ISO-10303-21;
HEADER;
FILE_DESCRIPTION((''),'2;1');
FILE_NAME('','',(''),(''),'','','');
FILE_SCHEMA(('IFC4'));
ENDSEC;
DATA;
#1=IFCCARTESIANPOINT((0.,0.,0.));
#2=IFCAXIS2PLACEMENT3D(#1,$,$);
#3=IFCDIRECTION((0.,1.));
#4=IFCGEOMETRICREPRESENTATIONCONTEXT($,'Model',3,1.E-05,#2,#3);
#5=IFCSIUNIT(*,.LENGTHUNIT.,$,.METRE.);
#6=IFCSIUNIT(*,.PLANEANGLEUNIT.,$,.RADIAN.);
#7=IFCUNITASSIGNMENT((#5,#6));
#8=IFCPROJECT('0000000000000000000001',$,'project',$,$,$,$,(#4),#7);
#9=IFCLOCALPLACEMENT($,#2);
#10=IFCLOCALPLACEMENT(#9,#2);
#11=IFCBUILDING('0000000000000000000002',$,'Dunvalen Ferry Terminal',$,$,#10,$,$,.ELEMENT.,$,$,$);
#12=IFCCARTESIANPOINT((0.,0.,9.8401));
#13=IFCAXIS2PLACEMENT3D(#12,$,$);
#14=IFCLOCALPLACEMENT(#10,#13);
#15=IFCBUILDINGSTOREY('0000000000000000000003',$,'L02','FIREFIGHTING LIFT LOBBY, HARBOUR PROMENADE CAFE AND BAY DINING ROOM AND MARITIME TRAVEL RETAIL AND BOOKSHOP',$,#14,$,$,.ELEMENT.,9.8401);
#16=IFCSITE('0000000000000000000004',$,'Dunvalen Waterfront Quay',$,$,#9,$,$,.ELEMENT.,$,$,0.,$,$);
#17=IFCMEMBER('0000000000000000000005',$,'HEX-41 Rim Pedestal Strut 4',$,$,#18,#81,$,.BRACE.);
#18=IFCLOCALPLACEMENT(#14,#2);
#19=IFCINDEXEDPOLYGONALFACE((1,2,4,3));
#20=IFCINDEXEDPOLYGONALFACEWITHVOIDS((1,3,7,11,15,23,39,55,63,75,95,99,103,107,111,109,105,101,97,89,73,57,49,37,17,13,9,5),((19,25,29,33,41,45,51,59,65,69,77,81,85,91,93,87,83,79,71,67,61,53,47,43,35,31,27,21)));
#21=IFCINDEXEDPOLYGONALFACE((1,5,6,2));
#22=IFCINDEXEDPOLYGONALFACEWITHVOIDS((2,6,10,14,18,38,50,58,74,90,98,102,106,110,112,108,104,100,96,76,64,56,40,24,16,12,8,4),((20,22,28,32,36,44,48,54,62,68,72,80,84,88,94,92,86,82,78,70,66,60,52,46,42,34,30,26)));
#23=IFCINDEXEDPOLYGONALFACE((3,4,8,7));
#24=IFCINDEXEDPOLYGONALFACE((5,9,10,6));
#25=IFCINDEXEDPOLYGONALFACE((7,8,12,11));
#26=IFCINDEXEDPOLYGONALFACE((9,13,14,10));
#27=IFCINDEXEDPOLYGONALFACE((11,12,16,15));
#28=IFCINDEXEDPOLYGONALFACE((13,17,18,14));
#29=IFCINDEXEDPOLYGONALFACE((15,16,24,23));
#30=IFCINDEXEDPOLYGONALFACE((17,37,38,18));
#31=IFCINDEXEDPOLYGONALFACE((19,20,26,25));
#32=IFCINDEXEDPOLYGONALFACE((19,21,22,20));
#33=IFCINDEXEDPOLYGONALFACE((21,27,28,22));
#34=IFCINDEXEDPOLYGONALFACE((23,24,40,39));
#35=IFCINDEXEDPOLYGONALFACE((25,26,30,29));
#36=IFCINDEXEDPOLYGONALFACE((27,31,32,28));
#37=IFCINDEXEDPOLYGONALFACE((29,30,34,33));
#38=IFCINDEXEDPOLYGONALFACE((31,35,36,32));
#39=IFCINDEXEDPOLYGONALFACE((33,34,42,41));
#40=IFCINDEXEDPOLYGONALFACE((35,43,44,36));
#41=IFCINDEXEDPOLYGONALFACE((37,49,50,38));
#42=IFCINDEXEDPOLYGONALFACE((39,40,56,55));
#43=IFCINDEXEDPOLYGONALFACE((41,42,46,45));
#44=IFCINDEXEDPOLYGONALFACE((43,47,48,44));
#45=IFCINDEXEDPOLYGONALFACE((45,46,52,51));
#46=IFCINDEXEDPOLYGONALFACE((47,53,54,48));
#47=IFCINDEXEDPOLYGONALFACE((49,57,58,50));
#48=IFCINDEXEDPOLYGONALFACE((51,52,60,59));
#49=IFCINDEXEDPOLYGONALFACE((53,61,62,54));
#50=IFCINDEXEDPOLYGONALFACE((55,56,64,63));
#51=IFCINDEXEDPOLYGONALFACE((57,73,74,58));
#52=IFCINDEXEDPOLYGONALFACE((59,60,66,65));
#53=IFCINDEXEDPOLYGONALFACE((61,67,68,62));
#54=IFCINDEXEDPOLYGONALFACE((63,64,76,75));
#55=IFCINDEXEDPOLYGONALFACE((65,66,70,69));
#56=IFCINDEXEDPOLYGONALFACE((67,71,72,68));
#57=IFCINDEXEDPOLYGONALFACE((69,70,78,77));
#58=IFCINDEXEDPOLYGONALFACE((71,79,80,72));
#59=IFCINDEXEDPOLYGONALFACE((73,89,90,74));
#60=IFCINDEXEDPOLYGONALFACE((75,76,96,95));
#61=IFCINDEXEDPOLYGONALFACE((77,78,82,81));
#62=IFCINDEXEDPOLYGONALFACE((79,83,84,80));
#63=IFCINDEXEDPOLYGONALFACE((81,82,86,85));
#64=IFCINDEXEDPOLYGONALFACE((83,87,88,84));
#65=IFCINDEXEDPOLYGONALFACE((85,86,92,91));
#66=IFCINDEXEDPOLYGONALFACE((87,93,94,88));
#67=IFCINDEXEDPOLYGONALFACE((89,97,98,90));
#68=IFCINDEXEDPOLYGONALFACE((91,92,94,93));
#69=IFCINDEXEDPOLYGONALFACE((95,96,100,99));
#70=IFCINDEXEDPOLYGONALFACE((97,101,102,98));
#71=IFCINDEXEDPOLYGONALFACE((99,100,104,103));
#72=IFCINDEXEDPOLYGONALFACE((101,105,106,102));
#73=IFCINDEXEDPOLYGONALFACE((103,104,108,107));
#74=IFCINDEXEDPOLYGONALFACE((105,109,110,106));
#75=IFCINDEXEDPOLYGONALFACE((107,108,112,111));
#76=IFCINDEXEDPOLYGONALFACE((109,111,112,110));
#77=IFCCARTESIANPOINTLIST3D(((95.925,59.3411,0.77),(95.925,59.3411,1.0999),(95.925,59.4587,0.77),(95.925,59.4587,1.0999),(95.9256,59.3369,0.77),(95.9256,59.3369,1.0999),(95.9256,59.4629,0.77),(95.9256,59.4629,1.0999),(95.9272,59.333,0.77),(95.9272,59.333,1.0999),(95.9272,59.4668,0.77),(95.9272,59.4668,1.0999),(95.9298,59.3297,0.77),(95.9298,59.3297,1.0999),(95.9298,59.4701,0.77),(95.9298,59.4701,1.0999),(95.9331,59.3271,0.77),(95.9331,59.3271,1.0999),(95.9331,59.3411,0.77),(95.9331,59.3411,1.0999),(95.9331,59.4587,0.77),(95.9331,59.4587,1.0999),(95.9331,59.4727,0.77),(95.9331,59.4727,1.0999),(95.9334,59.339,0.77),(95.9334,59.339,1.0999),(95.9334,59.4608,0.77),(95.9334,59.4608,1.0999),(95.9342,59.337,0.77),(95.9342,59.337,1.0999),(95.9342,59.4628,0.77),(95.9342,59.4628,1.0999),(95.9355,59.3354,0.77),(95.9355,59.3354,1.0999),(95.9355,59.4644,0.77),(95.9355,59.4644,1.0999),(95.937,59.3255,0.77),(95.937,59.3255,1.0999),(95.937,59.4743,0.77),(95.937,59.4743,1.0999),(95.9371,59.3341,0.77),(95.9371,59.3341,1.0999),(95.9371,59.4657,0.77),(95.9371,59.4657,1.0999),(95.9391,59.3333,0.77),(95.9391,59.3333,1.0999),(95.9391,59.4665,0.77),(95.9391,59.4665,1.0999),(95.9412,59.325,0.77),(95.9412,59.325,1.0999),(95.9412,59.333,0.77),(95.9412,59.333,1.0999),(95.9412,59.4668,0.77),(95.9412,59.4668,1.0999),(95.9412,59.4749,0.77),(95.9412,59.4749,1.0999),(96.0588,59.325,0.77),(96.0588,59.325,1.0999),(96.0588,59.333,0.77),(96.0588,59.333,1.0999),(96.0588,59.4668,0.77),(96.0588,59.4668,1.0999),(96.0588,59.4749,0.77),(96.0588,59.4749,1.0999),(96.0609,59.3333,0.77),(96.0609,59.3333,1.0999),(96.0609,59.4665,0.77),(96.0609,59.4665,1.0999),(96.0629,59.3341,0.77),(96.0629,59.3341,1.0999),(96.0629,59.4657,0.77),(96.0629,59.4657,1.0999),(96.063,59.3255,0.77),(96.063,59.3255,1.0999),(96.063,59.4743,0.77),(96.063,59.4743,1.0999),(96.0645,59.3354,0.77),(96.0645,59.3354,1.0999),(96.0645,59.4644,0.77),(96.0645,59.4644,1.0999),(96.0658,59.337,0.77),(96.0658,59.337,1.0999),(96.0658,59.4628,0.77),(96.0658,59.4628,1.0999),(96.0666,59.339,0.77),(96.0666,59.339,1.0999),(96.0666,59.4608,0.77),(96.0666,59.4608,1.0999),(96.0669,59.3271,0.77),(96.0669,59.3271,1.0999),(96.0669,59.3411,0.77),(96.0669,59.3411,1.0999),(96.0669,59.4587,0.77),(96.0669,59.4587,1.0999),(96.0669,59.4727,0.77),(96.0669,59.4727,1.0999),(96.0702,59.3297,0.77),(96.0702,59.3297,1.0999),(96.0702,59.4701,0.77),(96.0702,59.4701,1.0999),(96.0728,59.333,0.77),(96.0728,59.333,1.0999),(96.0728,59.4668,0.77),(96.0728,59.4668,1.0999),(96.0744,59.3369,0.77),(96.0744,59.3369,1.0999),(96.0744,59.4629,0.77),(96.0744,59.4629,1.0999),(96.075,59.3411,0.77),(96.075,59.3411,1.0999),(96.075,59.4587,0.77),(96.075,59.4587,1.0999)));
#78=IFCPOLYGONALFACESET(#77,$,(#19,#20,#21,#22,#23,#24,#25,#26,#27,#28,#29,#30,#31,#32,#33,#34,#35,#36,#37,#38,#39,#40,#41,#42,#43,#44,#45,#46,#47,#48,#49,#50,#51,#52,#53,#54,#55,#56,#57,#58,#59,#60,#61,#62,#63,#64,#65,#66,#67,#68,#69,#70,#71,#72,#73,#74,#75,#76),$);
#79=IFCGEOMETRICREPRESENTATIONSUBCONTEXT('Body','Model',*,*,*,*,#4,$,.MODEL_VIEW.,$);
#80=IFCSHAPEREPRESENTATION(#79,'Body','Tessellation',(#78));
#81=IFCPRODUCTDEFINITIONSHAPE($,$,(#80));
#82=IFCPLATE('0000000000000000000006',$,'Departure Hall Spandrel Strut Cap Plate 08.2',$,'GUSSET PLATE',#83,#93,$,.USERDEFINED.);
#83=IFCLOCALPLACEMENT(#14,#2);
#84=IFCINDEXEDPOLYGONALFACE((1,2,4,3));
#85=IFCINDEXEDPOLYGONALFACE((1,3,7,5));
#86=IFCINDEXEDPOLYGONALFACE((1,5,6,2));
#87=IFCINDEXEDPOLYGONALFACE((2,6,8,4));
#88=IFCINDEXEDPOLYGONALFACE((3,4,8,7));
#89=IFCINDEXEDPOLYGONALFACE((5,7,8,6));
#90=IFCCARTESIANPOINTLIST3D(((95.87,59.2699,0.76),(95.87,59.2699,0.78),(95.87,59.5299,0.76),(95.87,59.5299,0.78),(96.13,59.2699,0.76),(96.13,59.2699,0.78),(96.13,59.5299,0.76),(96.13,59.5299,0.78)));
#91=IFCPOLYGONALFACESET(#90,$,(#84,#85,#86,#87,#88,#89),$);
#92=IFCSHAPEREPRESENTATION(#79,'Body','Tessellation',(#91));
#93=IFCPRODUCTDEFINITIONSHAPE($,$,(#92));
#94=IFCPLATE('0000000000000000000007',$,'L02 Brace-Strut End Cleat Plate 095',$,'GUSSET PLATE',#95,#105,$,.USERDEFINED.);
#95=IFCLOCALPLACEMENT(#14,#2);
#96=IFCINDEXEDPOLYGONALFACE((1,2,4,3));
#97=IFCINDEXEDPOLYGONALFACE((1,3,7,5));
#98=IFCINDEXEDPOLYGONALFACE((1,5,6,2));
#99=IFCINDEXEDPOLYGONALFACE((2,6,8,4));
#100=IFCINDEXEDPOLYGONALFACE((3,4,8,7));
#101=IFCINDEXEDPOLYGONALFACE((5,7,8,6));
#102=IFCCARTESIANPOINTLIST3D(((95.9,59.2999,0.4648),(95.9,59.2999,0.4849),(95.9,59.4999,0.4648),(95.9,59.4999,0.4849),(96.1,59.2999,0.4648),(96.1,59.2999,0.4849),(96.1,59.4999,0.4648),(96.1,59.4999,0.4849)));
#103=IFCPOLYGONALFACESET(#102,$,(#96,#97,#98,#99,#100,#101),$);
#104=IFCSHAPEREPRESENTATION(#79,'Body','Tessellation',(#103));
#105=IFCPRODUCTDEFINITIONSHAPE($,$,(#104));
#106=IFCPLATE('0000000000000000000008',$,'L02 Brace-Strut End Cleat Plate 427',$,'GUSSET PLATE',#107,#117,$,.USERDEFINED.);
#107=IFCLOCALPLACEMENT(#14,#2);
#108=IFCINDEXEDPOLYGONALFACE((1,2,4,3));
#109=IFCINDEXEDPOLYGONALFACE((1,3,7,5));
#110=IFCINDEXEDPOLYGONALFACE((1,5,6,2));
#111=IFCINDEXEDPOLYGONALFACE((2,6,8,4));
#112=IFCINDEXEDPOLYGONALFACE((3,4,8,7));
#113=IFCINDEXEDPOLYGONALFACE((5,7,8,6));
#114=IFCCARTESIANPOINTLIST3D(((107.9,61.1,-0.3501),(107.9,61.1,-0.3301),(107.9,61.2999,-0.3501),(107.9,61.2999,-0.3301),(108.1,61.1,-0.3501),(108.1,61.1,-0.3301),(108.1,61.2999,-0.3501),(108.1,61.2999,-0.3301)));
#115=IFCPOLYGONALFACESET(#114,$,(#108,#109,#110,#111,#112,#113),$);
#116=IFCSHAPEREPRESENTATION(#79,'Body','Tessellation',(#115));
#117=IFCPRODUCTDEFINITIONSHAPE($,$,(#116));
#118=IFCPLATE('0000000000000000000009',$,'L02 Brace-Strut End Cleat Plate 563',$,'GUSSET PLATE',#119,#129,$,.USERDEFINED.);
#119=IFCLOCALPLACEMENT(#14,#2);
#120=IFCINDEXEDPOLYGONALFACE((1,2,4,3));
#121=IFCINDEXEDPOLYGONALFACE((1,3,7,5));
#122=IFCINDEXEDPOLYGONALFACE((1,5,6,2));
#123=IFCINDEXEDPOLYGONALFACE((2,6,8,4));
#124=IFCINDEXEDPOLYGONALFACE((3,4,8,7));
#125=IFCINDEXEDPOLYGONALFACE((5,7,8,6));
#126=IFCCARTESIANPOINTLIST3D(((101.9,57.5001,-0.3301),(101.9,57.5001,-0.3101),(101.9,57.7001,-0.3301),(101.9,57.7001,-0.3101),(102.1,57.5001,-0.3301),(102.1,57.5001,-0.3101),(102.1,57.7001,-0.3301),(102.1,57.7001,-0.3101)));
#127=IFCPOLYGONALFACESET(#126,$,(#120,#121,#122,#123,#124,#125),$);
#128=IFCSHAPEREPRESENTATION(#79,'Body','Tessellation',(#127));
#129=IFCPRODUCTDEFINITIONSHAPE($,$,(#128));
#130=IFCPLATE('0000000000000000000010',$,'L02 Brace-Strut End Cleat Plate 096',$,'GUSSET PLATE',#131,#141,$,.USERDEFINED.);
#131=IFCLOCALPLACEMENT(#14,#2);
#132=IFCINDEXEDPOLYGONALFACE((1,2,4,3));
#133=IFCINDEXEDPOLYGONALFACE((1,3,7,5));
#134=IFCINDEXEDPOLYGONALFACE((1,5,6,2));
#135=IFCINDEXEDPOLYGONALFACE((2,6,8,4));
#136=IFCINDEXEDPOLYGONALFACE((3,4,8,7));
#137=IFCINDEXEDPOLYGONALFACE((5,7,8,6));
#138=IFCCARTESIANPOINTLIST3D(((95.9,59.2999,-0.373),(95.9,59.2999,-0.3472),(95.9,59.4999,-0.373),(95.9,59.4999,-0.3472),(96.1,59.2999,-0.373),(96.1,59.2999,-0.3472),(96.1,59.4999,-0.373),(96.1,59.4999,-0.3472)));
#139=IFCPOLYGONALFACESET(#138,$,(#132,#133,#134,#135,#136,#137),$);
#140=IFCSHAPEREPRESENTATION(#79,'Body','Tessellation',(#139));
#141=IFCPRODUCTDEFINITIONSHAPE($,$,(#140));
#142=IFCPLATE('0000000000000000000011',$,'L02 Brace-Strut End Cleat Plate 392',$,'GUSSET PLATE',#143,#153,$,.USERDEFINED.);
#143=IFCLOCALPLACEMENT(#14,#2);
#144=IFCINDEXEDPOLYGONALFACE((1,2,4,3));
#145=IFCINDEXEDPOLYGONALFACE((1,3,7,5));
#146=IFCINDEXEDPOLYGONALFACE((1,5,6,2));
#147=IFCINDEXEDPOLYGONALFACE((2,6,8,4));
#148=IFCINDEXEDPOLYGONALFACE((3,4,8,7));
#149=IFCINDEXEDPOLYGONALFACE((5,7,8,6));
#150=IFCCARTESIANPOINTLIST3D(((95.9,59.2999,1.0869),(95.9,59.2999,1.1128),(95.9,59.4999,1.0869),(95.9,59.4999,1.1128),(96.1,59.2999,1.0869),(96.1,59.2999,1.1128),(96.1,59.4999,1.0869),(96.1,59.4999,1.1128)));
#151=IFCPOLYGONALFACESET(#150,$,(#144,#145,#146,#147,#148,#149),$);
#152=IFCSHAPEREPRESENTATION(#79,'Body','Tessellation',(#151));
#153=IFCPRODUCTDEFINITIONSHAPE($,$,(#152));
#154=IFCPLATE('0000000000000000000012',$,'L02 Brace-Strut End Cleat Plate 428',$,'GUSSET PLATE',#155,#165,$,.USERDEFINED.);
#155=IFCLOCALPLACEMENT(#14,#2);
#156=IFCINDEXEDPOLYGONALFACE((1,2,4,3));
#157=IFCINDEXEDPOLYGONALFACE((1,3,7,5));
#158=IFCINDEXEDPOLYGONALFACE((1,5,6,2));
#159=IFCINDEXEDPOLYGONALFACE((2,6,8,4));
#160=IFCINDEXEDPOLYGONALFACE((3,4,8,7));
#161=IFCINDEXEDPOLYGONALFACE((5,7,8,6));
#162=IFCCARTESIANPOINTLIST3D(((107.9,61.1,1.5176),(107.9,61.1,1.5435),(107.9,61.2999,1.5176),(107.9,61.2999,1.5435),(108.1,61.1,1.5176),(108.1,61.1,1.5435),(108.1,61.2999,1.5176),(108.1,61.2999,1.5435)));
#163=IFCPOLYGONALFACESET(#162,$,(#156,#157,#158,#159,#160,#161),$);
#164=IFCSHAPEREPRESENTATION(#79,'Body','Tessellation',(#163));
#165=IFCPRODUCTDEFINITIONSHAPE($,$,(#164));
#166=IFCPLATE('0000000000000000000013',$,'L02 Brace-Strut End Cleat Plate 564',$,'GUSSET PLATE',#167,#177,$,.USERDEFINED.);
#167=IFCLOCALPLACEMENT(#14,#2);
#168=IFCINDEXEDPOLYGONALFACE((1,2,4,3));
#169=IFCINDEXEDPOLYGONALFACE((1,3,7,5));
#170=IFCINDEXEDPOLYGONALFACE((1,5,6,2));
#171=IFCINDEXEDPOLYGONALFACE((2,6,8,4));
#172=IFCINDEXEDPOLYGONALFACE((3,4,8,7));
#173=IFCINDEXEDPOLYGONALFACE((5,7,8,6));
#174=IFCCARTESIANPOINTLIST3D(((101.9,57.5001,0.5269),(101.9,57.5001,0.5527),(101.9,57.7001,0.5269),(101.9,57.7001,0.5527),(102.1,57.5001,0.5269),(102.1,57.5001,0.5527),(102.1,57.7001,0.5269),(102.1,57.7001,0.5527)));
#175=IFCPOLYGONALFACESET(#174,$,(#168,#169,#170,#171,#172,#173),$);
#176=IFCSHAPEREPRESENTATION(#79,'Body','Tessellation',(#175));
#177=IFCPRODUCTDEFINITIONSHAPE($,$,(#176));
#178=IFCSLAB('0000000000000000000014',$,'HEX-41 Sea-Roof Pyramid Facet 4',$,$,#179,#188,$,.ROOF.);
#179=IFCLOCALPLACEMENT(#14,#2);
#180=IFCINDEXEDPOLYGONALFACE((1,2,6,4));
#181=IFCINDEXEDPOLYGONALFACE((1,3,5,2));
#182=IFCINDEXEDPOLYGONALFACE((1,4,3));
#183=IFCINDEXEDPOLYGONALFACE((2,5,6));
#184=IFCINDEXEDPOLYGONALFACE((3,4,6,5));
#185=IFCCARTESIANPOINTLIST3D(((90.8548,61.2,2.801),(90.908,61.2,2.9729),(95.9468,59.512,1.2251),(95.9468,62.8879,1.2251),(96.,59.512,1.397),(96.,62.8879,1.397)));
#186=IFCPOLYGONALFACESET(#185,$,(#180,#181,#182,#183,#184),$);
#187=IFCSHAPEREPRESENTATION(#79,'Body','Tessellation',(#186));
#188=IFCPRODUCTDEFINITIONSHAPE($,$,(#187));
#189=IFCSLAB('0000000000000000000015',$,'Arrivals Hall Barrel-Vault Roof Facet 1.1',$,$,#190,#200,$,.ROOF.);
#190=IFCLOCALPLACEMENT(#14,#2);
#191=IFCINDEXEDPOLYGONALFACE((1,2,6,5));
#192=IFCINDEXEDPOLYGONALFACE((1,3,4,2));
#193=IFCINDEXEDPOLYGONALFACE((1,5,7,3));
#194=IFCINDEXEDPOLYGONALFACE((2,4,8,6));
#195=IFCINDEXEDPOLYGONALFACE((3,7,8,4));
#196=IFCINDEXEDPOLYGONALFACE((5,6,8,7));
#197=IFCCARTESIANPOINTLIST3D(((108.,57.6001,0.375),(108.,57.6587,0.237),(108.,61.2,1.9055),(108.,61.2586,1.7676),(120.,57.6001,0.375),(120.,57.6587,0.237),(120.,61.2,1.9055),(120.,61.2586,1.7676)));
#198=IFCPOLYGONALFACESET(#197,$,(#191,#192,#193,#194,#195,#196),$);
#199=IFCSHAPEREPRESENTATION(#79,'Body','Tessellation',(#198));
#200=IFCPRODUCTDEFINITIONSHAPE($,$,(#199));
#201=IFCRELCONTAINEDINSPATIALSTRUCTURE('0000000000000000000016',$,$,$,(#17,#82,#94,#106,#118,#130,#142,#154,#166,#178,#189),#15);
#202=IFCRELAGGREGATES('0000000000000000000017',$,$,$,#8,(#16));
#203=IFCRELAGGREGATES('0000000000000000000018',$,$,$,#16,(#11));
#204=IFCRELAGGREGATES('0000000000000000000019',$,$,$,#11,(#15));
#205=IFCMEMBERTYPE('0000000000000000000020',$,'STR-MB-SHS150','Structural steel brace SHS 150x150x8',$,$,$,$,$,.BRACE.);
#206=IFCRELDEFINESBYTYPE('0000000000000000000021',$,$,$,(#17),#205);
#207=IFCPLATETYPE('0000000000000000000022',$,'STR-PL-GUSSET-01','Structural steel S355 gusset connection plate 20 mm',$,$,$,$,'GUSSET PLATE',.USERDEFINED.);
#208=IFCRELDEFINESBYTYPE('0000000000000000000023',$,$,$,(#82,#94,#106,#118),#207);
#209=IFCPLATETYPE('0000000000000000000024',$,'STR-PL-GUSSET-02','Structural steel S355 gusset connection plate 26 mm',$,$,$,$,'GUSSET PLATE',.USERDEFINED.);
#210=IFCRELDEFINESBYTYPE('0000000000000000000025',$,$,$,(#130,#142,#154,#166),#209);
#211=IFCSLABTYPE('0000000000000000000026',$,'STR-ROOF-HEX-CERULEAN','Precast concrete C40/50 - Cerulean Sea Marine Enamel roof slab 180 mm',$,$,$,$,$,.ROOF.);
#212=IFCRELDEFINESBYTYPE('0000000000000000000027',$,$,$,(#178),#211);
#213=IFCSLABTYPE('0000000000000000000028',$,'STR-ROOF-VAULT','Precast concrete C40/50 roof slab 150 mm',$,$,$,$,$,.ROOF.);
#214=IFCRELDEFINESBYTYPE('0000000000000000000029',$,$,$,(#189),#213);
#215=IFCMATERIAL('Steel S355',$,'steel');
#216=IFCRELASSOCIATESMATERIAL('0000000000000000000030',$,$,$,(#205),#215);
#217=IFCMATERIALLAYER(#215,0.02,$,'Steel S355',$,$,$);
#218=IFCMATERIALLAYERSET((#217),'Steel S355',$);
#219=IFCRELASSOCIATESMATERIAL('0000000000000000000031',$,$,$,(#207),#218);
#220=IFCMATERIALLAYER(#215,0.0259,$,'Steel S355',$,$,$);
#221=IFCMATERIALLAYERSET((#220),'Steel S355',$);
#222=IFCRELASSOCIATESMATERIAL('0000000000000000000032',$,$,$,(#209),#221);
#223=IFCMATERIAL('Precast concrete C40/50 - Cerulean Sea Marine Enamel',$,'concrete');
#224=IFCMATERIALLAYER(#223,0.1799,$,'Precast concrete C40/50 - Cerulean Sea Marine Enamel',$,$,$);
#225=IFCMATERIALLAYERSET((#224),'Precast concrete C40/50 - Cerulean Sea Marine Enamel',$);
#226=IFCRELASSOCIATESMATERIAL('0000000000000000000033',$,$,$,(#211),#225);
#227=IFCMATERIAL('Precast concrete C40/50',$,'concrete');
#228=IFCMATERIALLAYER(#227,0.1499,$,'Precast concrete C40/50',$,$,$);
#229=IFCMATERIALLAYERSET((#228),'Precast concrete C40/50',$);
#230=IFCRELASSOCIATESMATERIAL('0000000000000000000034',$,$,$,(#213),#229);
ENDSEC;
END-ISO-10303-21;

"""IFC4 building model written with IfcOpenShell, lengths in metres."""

from ifc_helpers import new_model, si_unit, direction, frame, origin, origin_2d, place, context, subcontext, project, spatial, polyline, rectangle, hollow_rectangle, outline, extrude, material, layer, layer_set, material_profile, profile_set, type_object, element, save


model = new_model("IFC4")

# Units and contexts
model_context = context("Model", 3, precision=1e-05, world=origin(), true_north=direction((0.0, 1.0)))
body_context = subcontext(model_context, "Body", "Model", "MODEL_VIEW")
ifc_project = project(units=[si_unit("LENGTHUNIT", "METRE"), si_unit("PLANEANGLEUNIT", "RADIAN")], contexts=[model_context])

# Site, building, storey
site_placement = place(None, origin())
site = spatial("IfcSite", under=ifc_project, at=site_placement, Name="Dunvalen Waterfront Quay", CompositionType="ELEMENT", RefElevation=0.0)
building_placement = place(site_placement, origin())
building = spatial("IfcBuilding", under=site, at=building_placement, Name="Dunvalen Ferry Terminal", CompositionType="ELEMENT")
storey_placement = place(building_placement, frame((0.0, 0.0, 9.8401)))
storey = spatial("IfcBuildingStorey", under=building, at=storey_placement, Name="L02", Description="FIREFIGHTING LIFT LOBBY, HARBOUR PROMENADE CAFE AND BAY DINING ROOM AND MARITIME TRAVEL RETAIL AND BOOKSHOP", CompositionType="ELEMENT", Elevation=9.8401)

# Shared definitions
ifc_material_1 = material(Name="Steel S355", Category="steel")

# Member
ifc_material_profile_1 = material_profile(ifc_material_1, hollow_rectangle(XDim=0.1499, YDim=0.1499, WallThickness=0.0081, InnerFilletRadius=0.0081, OuterFilletRadius=0.0161, at=origin_2d()), Name="Steel S355")
ifc_profile_set_1 = profile_set([ifc_material_profile_1], Name="Steel S355")
member_type_1 = type_object("IfcMemberType", Name="STR-MB-SHS150", Description="Structural steel brace SHS 150x150x8", PredefinedType="BRACE", material=ifc_profile_set_1)
member_1_placement = place(storey_placement, frame((96.0, 59.3999, 0.77), z_axis=(0.0, 0.0, 1.0), x_axis=(1.0, 0.0, 0.0)))
element("IfcMember", 1, at=member_1_placement, inside=storey, type_object=member_type_1, Name="HEX-41 Rim Pedestal Strut 4", PredefinedType="BRACE", context=body_context, shape_type="SweptSolid", body=[
    extrude(hollow_rectangle(XDim=0.1499, YDim=0.1499, WallThickness=0.0081, InnerFilletRadius=0.0081, OuterFilletRadius=0.0161, at=origin_2d()), origin(), (0.0, 0.0, 1.0), 0.3298),
])

# Plates
ifc_layer_1 = layer(ifc_material_1, 0.02, Name="Steel S355")
ifc_layer_set_1 = layer_set([ifc_layer_1], Name="Steel S355")
plate_type_1 = type_object("IfcPlateType", Name="STR-PL-GUSSET-01", Description="Structural steel S355 gusset connection plate 20 mm", ElementType="GUSSET PLATE", PredefinedType="USERDEFINED", material=ifc_layer_set_1)
plate_placement = place(storey_placement, frame((96.0, 59.3999, 0.76), z_axis=(0.0, 0.0, 1.0), x_axis=(1.0, 0.0, 0.0)))
element("IfcPlate", 2, at=plate_placement, inside=storey, type_object=plate_type_1, Name="Departure Hall Spandrel Strut Cap Plate 08.2", ObjectType="GUSSET PLATE", PredefinedType="USERDEFINED", context=body_context, shape_type="SweptSolid", body=[
    extrude(rectangle(XDim=0.26, YDim=0.26, at=origin_2d()), origin(), (0.0, 0.0, 1.0), 0.02),
])
for number, where, z_axis, x_axis, name in (
    (3, (96.0, 59.3999, 0.4648), (0.0, 0.0, 1.0), (1.0, 0.0, 0.0), "L02 Brace-Strut End Cleat Plate 095"),
    (4, (108.0, 61.2, -0.3501), (0.0, 0.0, 1.0), (1.0, 0.0, 0.0), "L02 Brace-Strut End Cleat Plate 427"),
    (5, (102.0, 57.6001, -0.3301), (0.0, 0.0, 1.0), (1.0, 0.0, 0.0), "L02 Brace-Strut End Cleat Plate 563"),
):
    element("IfcPlate", number, at=place(storey_placement, frame(where, z_axis=z_axis, x_axis=x_axis)), inside=storey, type_object=plate_type_1, Name=name, ObjectType="GUSSET PLATE", PredefinedType="USERDEFINED", context=body_context, shape_type="SweptSolid", body=[
        extrude(rectangle(XDim=0.2, YDim=0.2, at=origin_2d()), origin(), (0.0, 0.0, 1.0), 0.02),
    ])
ifc_layer_2 = layer(ifc_material_1, 0.0259, Name="Steel S355")
ifc_layer_set_2 = layer_set([ifc_layer_2], Name="Steel S355")
plate_type_2 = type_object("IfcPlateType", Name="STR-PL-GUSSET-02", Description="Structural steel S355 gusset connection plate 26 mm", ElementType="GUSSET PLATE", PredefinedType="USERDEFINED", material=ifc_layer_set_2)
for number, where, z_axis, x_axis, name in (
    (6, (96.0, 59.3999, -0.373), (0.0, 0.0, 1.0), (1.0, 0.0, 0.0), "L02 Brace-Strut End Cleat Plate 096"),
    (7, (96.0, 59.3999, 1.0869), (0.0, 0.0, 1.0), (1.0, 0.0, 0.0), "L02 Brace-Strut End Cleat Plate 392"),
    (8, (108.0, 61.2, 1.5176), (0.0, 0.0, 1.0), (1.0, 0.0, 0.0), "L02 Brace-Strut End Cleat Plate 428"),
    (9, (102.0, 57.6001, 0.5269), (0.0, 0.0, 1.0), (1.0, 0.0, 0.0), "L02 Brace-Strut End Cleat Plate 564"),
):
    element("IfcPlate", number, at=place(storey_placement, frame(where, z_axis=z_axis, x_axis=x_axis)), inside=storey, type_object=plate_type_2, Name=name, ObjectType="GUSSET PLATE", PredefinedType="USERDEFINED", context=body_context, shape_type="SweptSolid", body=[
        extrude(rectangle(XDim=0.2, YDim=0.2, at=origin_2d()), origin(), (0.0, 0.0, 1.0), 0.0259),
    ])

# Slabs
ifc_material_2 = material(Name="Precast concrete C40/50 - Cerulean Sea Marine Enamel", Category="concrete")
ifc_layer_3 = layer(ifc_material_2, 0.1799, Name="Precast concrete C40/50 - Cerulean Sea Marine Enamel")
ifc_layer_set_3 = layer_set([ifc_layer_3], Name="Precast concrete C40/50 - Cerulean Sea Marine Enamel")
slab_type_1 = type_object("IfcSlabType", Name="STR-ROOF-HEX-CERULEAN", Description="Precast concrete C40/50 - Cerulean Sea Marine Enamel roof slab 180 mm", PredefinedType="ROOF", material=ifc_layer_set_3)
slab_1_placement = place(storey_placement, frame((96.0, 59.512, 1.397), z_axis=(0.295653, 0.0, 0.955295), x_axis=(0.0, 1.0, 0.0)))
element("IfcSlab", 10, at=slab_1_placement, inside=storey, type_object=slab_type_1, Name="HEX-41 Sea-Roof Pyramid Facet 4", PredefinedType="ROOF", context=body_context, shape_type="SweptSolid", body=[
    extrude(outline(polyline([(0.0, 0.0), (3.376, 0.0), (1.688, 5.3303), (0.0, 0.0)])), origin(), (0.0, 0.0, -1.0), 0.1799),
])
ifc_material_3 = material(Name="Precast concrete C40/50", Category="concrete")
ifc_layer_4 = layer(ifc_material_3, 0.1499, Name="Precast concrete C40/50")
ifc_layer_set_4 = layer_set([ifc_layer_4], Name="Precast concrete C40/50")
slab_type_2 = type_object("IfcSlabType", Name="STR-ROOF-VAULT", Description="Precast concrete C40/50 roof slab 150 mm", PredefinedType="ROOF", material=ifc_layer_set_4)
slab_2_placement = place(storey_placement, frame((108.0, 57.6001, 0.375), z_axis=(0.0, -0.391266, 0.920278), x_axis=(1.0, 0.0, 0.0)))
element("IfcSlab", 11, at=slab_2_placement, inside=storey, type_object=slab_type_2, Name="Arrivals Hall Barrel-Vault Roof Facet 1.1", PredefinedType="ROOF", context=body_context, shape_type="SweptSolid", body=[
    extrude(outline(polyline([(0.0, 0.0), (12.0, 0.0), (12.0, 3.9117), (0.0, 3.9117), (0.0, 0.0)])), origin(), (0.0, 0.0, -1.0), 0.1499),
])

save(model, "model.ifc")
